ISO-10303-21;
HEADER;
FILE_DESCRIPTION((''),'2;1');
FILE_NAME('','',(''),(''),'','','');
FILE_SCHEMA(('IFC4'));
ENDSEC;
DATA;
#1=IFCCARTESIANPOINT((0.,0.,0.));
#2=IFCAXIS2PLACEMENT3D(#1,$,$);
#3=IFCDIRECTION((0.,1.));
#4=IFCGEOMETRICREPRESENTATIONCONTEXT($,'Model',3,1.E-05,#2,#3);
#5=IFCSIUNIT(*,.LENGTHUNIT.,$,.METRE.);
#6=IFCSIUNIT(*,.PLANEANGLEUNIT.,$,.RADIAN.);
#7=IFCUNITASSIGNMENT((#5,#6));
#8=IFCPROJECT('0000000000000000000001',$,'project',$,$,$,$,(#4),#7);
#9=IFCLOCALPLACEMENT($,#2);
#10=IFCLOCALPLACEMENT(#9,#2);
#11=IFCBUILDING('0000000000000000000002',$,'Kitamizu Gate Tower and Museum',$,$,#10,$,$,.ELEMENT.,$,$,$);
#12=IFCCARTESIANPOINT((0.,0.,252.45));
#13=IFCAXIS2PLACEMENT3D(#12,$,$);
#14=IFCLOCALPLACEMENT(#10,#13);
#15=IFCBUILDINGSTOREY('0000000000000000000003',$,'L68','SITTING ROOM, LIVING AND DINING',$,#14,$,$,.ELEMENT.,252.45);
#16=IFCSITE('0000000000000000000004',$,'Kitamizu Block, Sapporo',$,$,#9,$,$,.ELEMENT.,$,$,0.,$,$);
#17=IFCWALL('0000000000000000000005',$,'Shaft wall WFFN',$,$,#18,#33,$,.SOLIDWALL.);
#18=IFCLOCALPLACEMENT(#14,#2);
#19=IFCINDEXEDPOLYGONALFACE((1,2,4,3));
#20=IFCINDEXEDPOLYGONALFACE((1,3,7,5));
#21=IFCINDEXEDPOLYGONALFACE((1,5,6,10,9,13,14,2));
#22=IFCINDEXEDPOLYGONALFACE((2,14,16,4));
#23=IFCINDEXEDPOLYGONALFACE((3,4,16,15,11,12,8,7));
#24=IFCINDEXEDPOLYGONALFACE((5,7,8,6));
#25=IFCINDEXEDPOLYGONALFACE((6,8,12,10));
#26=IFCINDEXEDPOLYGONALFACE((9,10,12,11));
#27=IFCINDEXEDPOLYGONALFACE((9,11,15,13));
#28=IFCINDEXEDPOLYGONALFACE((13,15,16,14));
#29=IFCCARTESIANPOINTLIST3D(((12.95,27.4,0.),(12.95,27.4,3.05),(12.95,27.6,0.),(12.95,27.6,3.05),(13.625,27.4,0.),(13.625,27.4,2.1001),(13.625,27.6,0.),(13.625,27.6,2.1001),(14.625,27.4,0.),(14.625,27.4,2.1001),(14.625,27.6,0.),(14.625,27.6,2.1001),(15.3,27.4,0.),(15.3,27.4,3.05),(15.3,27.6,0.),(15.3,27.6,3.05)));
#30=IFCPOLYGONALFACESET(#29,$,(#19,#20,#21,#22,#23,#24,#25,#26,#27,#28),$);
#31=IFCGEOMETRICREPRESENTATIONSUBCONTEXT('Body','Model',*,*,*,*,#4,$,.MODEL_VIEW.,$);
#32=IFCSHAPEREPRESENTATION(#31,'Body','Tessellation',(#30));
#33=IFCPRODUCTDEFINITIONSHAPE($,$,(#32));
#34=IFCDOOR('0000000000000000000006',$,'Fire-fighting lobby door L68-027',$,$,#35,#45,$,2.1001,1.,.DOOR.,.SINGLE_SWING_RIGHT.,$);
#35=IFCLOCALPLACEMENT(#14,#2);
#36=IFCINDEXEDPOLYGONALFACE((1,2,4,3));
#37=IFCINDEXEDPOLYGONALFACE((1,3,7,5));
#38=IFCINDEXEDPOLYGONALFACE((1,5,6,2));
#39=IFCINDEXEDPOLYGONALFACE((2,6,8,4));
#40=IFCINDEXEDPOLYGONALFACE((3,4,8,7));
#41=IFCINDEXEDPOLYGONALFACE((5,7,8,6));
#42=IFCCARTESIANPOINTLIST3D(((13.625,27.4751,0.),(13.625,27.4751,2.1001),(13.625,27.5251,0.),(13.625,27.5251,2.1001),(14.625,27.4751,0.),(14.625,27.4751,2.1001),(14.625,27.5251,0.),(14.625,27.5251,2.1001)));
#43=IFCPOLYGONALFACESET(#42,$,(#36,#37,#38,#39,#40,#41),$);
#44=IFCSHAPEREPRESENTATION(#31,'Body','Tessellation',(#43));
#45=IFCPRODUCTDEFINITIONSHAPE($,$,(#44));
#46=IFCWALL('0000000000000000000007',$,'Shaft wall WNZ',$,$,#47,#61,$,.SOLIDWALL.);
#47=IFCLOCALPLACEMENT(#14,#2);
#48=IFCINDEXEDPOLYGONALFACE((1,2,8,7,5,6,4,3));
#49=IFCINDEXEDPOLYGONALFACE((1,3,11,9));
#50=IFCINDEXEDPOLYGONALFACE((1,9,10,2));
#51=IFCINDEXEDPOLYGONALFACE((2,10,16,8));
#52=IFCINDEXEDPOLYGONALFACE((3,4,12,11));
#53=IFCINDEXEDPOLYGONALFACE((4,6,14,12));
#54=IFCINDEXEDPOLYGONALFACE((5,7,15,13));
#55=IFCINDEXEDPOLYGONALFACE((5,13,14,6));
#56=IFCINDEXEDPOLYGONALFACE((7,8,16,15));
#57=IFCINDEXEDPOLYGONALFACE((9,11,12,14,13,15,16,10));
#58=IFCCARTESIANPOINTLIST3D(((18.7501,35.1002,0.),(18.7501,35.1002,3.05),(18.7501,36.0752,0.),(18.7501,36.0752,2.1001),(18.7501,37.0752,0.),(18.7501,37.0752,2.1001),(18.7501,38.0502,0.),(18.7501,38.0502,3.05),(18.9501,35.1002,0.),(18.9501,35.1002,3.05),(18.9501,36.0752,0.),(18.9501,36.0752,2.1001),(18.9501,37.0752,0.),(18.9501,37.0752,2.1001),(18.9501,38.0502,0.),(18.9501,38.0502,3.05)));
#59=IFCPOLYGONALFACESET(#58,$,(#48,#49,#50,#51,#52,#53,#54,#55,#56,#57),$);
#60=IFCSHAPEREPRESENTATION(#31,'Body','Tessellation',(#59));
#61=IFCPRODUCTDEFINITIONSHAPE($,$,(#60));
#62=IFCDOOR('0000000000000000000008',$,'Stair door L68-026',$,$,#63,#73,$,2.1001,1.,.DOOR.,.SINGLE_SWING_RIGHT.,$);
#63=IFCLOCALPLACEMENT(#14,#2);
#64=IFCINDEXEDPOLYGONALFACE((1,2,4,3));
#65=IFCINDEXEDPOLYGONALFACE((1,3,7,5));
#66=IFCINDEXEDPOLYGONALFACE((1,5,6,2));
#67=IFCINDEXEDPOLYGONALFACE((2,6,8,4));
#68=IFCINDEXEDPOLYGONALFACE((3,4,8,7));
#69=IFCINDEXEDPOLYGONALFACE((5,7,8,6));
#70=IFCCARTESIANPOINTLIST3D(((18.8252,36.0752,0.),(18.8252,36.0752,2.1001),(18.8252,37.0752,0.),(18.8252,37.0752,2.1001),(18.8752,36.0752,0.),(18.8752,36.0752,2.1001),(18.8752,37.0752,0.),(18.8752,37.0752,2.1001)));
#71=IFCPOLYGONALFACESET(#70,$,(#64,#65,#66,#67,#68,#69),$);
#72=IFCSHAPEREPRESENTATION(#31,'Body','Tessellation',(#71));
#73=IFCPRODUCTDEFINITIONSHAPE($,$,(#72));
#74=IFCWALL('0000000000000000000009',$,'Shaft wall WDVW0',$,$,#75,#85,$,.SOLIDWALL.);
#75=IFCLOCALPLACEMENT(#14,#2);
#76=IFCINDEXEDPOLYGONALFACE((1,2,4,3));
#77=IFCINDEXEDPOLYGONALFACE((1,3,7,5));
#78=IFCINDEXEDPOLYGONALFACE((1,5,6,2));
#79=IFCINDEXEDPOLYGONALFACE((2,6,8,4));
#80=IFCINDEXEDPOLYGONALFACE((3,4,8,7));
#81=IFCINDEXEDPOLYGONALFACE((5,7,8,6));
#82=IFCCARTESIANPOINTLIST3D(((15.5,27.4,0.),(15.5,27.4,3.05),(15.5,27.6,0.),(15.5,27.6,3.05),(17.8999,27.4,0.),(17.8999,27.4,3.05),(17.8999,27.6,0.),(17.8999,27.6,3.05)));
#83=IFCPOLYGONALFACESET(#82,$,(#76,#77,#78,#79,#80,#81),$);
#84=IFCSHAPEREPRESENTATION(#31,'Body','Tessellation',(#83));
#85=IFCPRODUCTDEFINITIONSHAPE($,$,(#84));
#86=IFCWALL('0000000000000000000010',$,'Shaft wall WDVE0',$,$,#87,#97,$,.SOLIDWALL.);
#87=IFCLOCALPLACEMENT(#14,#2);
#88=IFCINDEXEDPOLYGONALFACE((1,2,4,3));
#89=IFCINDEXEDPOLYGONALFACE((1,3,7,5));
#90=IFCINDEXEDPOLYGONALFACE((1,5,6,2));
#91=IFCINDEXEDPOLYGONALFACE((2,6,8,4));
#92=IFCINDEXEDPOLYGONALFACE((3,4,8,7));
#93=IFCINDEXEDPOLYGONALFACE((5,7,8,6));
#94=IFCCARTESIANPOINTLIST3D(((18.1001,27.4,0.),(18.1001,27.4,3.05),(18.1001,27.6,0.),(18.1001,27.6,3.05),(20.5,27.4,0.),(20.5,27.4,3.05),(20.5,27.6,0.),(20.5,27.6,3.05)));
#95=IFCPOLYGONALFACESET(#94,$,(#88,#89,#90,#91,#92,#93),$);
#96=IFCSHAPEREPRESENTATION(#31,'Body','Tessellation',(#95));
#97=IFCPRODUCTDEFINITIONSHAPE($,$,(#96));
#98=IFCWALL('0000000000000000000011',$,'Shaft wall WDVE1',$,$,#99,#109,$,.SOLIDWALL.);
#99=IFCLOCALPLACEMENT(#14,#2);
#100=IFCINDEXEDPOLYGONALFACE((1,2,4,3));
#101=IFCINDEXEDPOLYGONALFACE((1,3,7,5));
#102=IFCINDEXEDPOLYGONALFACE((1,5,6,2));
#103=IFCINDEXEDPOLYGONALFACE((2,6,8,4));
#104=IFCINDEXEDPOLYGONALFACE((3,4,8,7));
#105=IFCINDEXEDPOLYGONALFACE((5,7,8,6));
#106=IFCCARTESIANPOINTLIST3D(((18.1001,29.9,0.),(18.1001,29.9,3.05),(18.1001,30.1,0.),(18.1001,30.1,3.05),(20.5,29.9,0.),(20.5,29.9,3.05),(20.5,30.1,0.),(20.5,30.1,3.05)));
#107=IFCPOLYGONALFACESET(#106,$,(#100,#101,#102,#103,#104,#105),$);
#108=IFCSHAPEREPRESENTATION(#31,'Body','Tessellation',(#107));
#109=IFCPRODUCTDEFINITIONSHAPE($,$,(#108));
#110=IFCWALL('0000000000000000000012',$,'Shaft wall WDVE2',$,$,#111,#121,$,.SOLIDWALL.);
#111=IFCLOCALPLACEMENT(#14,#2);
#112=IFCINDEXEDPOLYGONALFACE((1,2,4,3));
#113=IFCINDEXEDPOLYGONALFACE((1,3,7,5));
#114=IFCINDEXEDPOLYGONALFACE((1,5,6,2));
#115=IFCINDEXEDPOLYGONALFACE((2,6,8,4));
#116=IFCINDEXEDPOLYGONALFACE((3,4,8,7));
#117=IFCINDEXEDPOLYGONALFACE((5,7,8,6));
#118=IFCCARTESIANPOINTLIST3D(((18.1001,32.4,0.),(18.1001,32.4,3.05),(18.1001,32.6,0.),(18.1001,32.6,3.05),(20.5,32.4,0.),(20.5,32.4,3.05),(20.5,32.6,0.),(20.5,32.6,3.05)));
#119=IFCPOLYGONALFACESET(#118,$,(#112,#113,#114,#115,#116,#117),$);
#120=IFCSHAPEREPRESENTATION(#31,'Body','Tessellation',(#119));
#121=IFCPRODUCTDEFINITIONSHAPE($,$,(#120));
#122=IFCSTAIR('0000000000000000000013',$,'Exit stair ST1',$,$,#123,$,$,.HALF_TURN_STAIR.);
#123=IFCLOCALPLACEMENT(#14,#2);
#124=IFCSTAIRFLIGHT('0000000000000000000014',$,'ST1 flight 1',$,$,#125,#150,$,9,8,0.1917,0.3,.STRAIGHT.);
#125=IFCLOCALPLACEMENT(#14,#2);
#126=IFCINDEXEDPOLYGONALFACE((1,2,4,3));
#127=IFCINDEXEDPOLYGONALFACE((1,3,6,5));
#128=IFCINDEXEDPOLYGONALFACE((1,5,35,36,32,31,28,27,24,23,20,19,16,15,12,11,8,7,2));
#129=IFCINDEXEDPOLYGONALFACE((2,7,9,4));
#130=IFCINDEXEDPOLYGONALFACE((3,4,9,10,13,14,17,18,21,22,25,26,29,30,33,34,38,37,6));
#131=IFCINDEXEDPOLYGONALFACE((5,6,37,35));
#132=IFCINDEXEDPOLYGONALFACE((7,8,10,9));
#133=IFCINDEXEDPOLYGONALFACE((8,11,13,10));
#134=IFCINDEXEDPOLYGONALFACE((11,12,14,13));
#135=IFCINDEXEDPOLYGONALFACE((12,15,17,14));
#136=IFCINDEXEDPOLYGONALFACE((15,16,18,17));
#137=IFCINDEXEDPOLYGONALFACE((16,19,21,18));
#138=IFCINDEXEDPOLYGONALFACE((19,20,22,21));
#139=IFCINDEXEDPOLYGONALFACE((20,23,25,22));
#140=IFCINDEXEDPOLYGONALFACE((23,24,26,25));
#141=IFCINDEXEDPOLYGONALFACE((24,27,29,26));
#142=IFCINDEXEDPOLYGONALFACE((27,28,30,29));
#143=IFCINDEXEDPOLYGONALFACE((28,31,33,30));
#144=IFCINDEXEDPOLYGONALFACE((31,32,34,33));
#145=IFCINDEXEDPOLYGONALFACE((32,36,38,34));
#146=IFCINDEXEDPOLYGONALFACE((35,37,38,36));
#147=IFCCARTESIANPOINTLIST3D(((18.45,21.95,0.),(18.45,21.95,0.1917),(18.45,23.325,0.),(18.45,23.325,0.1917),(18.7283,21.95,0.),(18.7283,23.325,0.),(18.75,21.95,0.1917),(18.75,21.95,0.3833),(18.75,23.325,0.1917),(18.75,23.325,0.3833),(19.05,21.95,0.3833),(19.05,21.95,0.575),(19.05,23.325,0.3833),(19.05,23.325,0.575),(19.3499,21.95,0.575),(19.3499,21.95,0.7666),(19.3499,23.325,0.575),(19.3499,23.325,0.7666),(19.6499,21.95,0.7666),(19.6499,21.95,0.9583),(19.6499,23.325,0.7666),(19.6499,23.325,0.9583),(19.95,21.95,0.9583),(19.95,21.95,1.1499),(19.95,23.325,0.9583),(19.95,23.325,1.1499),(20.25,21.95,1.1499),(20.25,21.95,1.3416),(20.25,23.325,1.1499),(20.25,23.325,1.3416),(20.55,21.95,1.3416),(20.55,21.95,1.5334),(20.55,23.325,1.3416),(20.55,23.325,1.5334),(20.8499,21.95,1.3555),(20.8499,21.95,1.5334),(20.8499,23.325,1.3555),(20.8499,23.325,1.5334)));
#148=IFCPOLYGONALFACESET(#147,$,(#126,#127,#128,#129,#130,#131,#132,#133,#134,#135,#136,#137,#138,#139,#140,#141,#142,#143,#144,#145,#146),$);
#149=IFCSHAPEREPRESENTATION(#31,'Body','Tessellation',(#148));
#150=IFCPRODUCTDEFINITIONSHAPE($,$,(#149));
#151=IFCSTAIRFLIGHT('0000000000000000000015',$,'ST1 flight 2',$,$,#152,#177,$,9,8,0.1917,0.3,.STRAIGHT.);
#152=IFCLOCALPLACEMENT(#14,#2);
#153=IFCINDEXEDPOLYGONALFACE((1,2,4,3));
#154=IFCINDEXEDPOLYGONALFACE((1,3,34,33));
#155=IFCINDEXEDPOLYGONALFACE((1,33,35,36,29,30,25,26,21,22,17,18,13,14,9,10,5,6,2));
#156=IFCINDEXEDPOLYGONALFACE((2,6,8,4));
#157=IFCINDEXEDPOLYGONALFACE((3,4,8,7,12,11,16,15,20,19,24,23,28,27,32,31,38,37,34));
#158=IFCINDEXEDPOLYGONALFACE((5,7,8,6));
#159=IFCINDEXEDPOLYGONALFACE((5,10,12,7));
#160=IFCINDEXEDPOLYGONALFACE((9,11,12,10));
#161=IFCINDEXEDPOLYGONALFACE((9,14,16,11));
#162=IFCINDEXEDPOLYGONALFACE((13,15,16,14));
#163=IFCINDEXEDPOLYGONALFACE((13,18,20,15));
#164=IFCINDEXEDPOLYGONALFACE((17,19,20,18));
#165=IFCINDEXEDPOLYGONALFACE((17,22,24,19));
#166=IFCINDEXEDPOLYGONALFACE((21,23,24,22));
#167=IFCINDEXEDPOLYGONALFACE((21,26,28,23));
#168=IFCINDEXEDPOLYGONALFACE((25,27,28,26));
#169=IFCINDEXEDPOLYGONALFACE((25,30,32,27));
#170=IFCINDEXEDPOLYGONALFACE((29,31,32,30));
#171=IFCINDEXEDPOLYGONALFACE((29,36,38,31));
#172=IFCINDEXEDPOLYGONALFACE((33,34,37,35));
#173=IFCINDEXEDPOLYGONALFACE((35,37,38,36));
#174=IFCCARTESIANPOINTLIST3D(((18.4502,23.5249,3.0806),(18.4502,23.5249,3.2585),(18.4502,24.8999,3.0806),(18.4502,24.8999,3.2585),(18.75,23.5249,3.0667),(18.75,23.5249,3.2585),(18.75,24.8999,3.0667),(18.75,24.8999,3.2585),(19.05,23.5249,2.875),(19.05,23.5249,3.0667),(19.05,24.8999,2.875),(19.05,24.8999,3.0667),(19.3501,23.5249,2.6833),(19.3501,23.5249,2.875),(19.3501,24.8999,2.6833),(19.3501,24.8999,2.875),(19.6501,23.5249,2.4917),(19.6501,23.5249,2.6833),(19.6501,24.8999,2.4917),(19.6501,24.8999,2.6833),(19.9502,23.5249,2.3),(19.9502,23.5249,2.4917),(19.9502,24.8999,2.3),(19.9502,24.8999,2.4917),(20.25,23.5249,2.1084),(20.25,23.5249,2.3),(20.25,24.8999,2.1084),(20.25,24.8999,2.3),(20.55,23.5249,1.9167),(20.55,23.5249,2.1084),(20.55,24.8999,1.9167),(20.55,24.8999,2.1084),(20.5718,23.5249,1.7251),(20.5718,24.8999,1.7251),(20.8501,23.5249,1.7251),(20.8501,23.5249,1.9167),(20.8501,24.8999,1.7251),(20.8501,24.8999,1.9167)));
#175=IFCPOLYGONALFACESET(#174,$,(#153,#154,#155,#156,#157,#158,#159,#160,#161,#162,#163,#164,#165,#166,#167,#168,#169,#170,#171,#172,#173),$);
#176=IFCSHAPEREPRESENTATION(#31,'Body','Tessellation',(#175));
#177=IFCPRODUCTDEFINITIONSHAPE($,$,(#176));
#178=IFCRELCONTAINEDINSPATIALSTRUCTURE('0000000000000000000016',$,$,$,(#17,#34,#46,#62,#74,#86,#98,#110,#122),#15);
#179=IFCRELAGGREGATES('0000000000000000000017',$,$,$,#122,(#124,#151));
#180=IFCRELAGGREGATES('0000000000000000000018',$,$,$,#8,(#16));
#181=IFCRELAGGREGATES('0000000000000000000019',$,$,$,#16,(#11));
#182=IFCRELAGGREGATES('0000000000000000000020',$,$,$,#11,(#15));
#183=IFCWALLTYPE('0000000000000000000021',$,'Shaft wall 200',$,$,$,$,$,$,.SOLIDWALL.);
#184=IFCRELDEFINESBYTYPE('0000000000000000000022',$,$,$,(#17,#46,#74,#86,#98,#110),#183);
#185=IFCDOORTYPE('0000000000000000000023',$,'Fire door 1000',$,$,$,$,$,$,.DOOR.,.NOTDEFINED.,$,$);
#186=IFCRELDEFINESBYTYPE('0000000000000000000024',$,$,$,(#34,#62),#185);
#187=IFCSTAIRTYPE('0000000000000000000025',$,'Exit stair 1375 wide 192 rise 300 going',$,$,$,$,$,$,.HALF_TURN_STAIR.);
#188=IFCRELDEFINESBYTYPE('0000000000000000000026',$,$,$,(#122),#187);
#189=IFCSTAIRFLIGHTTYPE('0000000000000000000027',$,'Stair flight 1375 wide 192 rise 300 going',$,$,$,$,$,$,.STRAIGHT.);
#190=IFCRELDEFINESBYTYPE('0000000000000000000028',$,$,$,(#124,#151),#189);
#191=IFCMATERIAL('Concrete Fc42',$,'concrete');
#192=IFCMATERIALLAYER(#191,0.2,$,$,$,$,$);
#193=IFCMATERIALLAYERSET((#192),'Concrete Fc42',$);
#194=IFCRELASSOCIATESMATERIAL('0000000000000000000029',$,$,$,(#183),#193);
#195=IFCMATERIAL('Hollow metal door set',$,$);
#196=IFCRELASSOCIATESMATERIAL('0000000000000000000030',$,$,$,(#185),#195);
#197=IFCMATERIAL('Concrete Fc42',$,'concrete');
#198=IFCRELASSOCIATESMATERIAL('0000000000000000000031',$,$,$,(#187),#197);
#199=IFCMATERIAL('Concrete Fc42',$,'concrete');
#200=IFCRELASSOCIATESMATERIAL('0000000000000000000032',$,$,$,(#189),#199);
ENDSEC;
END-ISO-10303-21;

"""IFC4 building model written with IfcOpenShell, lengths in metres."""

from ifc_helpers import new_model, si_unit, direction, frame, frame_2d, origin, place, context, subcontext, project, spatial, polyline, rectangle, outline, extrude, material, layer, layer_set, type_object, element, fill, aggregate, save


model = new_model("IFC4")

# Units and contexts
model_context = context("Model", 3, precision=1e-05, world=origin(), true_north=direction((0.0, 1.0)))
body_context = subcontext(model_context, "Body", "Model", "MODEL_VIEW")
ifc_project = project(units=[si_unit("LENGTHUNIT", "METRE"), si_unit("PLANEANGLEUNIT", "RADIAN")], contexts=[model_context])

# Site, building, storey
site_placement = place(None, origin())
site = spatial("IfcSite", under=ifc_project, at=site_placement, Name="Kitamizu Block, Sapporo", CompositionType="ELEMENT", RefElevation=0.0)
building_placement = place(site_placement, origin())
building = spatial("IfcBuilding", under=site, at=building_placement, Name="Kitamizu Gate Tower and Museum", CompositionType="ELEMENT")
storey_placement = place(building_placement, frame((0.0, 0.0, 252.45)))
storey = spatial("IfcBuildingStorey", under=building, at=storey_placement, Name="L68", Description="SITTING ROOM, LIVING AND DINING", CompositionType="ELEMENT", Elevation=252.45)

# Shared definitions
ifc_material_1 = material(Name="Concrete Fc42", Category="concrete")
ifc_layer_1 = layer(ifc_material_1, 0.2)
ifc_layer_set_1 = layer_set([ifc_layer_1], Name="Concrete Fc42")
wall_type_1 = type_object("IfcWallType", Name="Shaft wall 200", PredefinedType="SOLIDWALL", material=ifc_layer_set_1)
ifc_material_2 = material(Name="Hollow metal door set")
door_type_1 = type_object("IfcDoorType", Name="Fire door 1000", OperationType="NOTDEFINED", PredefinedType="DOOR", material=ifc_material_2)

# Walls, openings, doors
wall_1_placement = place(storey_placement, frame((12.95, 27.5, 0.0), z_axis=(0.0, 0.0, 1.0), x_axis=(1.0, 0.0, 0.0)))
wall_1 = element("IfcWall", 1, at=wall_1_placement, inside=storey, type_object=wall_type_1, Name="Shaft wall WFFN", PredefinedType="SOLIDWALL", context=body_context, shape_type="SweptSolid", body=[
    extrude(rectangle(XDim=2.3501, YDim=0.2, at=frame_2d((1.175, 0.0))), origin(), (0.0, 0.0, 1.0), 3.05),
])
opening_1_placement = place(wall_1_placement, frame((0.675, 0.0, 0.0)))
opening_1 = element("IfcOpeningElement", 2, at=opening_1_placement, cuts=wall_1, PredefinedType="OPENING", context=body_context, shape_type="SweptSolid", body=[
    extrude(rectangle(XDim=1.0, YDim=2.1001, at=frame_2d((0.5, 1.05))), frame((0.0, 0.1099, 0.0), z_axis=(0.0, -1.0, 0.0), x_axis=(1.0, 0.0, 0.0)), (0.0, 0.0, 1.0), 0.22),
])
door_1_placement = place(opening_1_placement, frame((1.0, 0.0, 0.0), x_axis=(-1.0, 0.0, 0.0)))
door_1 = element("IfcDoor", 3, at=door_1_placement, inside=storey, type_object=door_type_1, Name="Fire-fighting lobby door L68-027", OperationType="SINGLE_SWING_RIGHT", OverallHeight=2.1001, OverallWidth=1.0, PredefinedType="DOOR", context=body_context, shape_type="SweptSolid", body=[
    extrude(rectangle(XDim=1.0, YDim=2.1001, at=frame_2d((0.5, 1.05))), frame((0.0, 0.0249, 0.0), z_axis=(0.0, -1.0, 0.0), x_axis=(1.0, 0.0, 0.0)), (0.0, 0.0, 1.0), 0.05),
])
fill(opening_1, door_1)
wall_2_placement = place(storey_placement, frame((18.8501, 35.1001, 0.0), z_axis=(0.0, 0.0, 1.0), x_axis=(0.0, 1.0, 0.0)))
wall_2 = element("IfcWall", 4, at=wall_2_placement, inside=storey, type_object=wall_type_1, Name="Shaft wall WNZ", PredefinedType="SOLIDWALL", context=body_context, shape_type="SweptSolid", body=[
    extrude(rectangle(XDim=2.95, YDim=0.2, at=frame_2d((1.4751, 0.0))), origin(), (0.0, 0.0, 1.0), 3.05),
])
opening_2_placement = place(wall_2_placement, frame((0.9751, 0.0, 0.0)))
opening_2 = element("IfcOpeningElement", 5, at=opening_2_placement, cuts=wall_2, PredefinedType="OPENING", context=body_context, shape_type="SweptSolid", body=[
    extrude(rectangle(XDim=1.0, YDim=2.1001, at=frame_2d((0.5, 1.05))), frame((0.0, 0.1099, 0.0), z_axis=(0.0, -1.0, 0.0), x_axis=(1.0, 0.0, 0.0)), (0.0, 0.0, 1.0), 0.22),
])
door_2_placement = place(opening_2_placement, origin())
door_2 = element("IfcDoor", 6, at=door_2_placement, inside=storey, type_object=door_type_1, Name="Stair door L68-026", OperationType="SINGLE_SWING_RIGHT", OverallHeight=2.1001, OverallWidth=1.0, PredefinedType="DOOR", context=body_context, shape_type="SweptSolid", body=[
    extrude(rectangle(XDim=1.0, YDim=2.1001, at=frame_2d((0.5, 1.05))), frame((0.0, 0.0249, 0.0), z_axis=(0.0, -1.0, 0.0), x_axis=(1.0, 0.0, 0.0)), (0.0, 0.0, 1.0), 0.05),
])
fill(opening_2, door_2)

# Walls
for number, where, z_axis, x_axis, name in (
    (7, (15.5, 27.5, 0.0), (0.0, 0.0, 1.0), (1.0, 0.0, 0.0), "Shaft wall WDVW0"),
    (8, (18.1001, 27.5, 0.0), (0.0, 0.0, 1.0), (1.0, 0.0, 0.0), "Shaft wall WDVE0"),
    (9, (18.1001, 30.0, 0.0), (0.0, 0.0, 1.0), (1.0, 0.0, 0.0), "Shaft wall WDVE1"),
    (10, (18.1001, 32.5, 0.0), (0.0, 0.0, 1.0), (1.0, 0.0, 0.0), "Shaft wall WDVE2"),
):
    element("IfcWall", number, at=place(storey_placement, frame(where, z_axis=z_axis, x_axis=x_axis)), inside=storey, type_object=wall_type_1, Name=name, PredefinedType="SOLIDWALL", context=body_context, shape_type="SweptSolid", body=[
        extrude(rectangle(XDim=2.3999, YDim=0.2, at=frame_2d((1.2, 0.0))), origin(), (0.0, 0.0, 1.0), 3.05),
    ])

# Stair, stair flights
ifc_material_3 = material(Name="Concrete Fc42", Category="concrete")
stair_type = type_object("IfcStairType", Name="Exit stair 1375 wide 192 rise 300 going", PredefinedType="HALF_TURN_STAIR", material=ifc_material_3)
stair_1_placement = place(storey_placement, origin())
stair_1 = element("IfcStair", 11, at=stair_1_placement, inside=storey, type_object=stair_type, Name="Exit stair ST1", PredefinedType="HALF_TURN_STAIR")
ifc_material_4 = material(Name="Concrete Fc42", Category="concrete")
stair_flight_type = type_object("IfcStairFlightType", Name="Stair flight 1375 wide 192 rise 300 going", PredefinedType="STRAIGHT", material=ifc_material_4)
stair_flight_1_placement = place(storey_placement, frame((18.45, 22.6375, 0.0), z_axis=(0.0, 0.0, 1.0), x_axis=(1.0, 0.0, 0.0)))
stair_flight_1 = element("IfcStairFlight", 12, at=stair_flight_1_placement, type_object=stair_flight_type, Name="ST1 flight 1", NumberOfRisers=9, NumberOfTreads=8, PredefinedType="STRAIGHT", RiserHeight=0.1917, TreadLength=0.3, context=body_context, shape_type="SweptSolid", body=[
    extrude(outline(polyline([(0.0, 0.0), (0.0, 0.1917), (0.3, 0.1917), (0.3, 0.3833), (0.6001, 0.3833), (0.6001, 0.575), (0.8999, 0.575), (0.8999, 0.7666), (1.2, 0.7666), (1.2, 0.9583), (1.5, 0.9583), (1.5, 1.1499), (1.8, 1.1499), (1.8, 1.3416), (2.1001, 1.3416), (2.1001, 1.5334), (2.3999, 1.5334), (2.3999, 1.7251), (2.3999, 1.3555), (0.2783, 0.0), (0.0, 0.0)])), frame((0.0, 0.6875, 0.0), z_axis=(0.0, -1.0, 0.0), x_axis=(1.0, 0.0, 0.0)), (0.0, 0.0, 1.0), 1.375),
])
stair_flight_2_placement = place(storey_placement, frame((20.8501, 24.2124, 1.7251), z_axis=(0.0, 0.0, 1.0), x_axis=(-1.0, 0.0, 0.0)))
stair_flight_2 = element("IfcStairFlight", 13, at=stair_flight_2_placement, type_object=stair_flight_type, Name="ST1 flight 2", NumberOfRisers=9, NumberOfTreads=8, PredefinedType="STRAIGHT", RiserHeight=0.1917, TreadLength=0.3, context=body_context, shape_type="SweptSolid", body=[
    extrude(outline(polyline([(0.0, 0.0), (0.0, 0.1917), (0.3, 0.1917), (0.3, 0.3833), (0.6001, 0.3833), (0.6001, 0.575), (0.8999, 0.575), (0.8999, 0.7666), (1.2, 0.7666), (1.2, 0.9583), (1.5, 0.9583), (1.5, 1.1499), (1.8, 1.1499), (1.8, 1.3416), (2.1001, 1.3416), (2.1001, 1.5334), (2.3999, 1.5334), (2.3999, 1.7251), (2.3999, 1.3555), (0.2783, 0.0), (0.0, 0.0)])), frame((0.0, 0.6875, 0.0), z_axis=(0.0, -1.0, 0.0), x_axis=(1.0, 0.0, 0.0)), (0.0, 0.0, 1.0), 1.375),
])
aggregate(stair_1, [stair_flight_1, stair_flight_2])

save(model, "model.ifc")
